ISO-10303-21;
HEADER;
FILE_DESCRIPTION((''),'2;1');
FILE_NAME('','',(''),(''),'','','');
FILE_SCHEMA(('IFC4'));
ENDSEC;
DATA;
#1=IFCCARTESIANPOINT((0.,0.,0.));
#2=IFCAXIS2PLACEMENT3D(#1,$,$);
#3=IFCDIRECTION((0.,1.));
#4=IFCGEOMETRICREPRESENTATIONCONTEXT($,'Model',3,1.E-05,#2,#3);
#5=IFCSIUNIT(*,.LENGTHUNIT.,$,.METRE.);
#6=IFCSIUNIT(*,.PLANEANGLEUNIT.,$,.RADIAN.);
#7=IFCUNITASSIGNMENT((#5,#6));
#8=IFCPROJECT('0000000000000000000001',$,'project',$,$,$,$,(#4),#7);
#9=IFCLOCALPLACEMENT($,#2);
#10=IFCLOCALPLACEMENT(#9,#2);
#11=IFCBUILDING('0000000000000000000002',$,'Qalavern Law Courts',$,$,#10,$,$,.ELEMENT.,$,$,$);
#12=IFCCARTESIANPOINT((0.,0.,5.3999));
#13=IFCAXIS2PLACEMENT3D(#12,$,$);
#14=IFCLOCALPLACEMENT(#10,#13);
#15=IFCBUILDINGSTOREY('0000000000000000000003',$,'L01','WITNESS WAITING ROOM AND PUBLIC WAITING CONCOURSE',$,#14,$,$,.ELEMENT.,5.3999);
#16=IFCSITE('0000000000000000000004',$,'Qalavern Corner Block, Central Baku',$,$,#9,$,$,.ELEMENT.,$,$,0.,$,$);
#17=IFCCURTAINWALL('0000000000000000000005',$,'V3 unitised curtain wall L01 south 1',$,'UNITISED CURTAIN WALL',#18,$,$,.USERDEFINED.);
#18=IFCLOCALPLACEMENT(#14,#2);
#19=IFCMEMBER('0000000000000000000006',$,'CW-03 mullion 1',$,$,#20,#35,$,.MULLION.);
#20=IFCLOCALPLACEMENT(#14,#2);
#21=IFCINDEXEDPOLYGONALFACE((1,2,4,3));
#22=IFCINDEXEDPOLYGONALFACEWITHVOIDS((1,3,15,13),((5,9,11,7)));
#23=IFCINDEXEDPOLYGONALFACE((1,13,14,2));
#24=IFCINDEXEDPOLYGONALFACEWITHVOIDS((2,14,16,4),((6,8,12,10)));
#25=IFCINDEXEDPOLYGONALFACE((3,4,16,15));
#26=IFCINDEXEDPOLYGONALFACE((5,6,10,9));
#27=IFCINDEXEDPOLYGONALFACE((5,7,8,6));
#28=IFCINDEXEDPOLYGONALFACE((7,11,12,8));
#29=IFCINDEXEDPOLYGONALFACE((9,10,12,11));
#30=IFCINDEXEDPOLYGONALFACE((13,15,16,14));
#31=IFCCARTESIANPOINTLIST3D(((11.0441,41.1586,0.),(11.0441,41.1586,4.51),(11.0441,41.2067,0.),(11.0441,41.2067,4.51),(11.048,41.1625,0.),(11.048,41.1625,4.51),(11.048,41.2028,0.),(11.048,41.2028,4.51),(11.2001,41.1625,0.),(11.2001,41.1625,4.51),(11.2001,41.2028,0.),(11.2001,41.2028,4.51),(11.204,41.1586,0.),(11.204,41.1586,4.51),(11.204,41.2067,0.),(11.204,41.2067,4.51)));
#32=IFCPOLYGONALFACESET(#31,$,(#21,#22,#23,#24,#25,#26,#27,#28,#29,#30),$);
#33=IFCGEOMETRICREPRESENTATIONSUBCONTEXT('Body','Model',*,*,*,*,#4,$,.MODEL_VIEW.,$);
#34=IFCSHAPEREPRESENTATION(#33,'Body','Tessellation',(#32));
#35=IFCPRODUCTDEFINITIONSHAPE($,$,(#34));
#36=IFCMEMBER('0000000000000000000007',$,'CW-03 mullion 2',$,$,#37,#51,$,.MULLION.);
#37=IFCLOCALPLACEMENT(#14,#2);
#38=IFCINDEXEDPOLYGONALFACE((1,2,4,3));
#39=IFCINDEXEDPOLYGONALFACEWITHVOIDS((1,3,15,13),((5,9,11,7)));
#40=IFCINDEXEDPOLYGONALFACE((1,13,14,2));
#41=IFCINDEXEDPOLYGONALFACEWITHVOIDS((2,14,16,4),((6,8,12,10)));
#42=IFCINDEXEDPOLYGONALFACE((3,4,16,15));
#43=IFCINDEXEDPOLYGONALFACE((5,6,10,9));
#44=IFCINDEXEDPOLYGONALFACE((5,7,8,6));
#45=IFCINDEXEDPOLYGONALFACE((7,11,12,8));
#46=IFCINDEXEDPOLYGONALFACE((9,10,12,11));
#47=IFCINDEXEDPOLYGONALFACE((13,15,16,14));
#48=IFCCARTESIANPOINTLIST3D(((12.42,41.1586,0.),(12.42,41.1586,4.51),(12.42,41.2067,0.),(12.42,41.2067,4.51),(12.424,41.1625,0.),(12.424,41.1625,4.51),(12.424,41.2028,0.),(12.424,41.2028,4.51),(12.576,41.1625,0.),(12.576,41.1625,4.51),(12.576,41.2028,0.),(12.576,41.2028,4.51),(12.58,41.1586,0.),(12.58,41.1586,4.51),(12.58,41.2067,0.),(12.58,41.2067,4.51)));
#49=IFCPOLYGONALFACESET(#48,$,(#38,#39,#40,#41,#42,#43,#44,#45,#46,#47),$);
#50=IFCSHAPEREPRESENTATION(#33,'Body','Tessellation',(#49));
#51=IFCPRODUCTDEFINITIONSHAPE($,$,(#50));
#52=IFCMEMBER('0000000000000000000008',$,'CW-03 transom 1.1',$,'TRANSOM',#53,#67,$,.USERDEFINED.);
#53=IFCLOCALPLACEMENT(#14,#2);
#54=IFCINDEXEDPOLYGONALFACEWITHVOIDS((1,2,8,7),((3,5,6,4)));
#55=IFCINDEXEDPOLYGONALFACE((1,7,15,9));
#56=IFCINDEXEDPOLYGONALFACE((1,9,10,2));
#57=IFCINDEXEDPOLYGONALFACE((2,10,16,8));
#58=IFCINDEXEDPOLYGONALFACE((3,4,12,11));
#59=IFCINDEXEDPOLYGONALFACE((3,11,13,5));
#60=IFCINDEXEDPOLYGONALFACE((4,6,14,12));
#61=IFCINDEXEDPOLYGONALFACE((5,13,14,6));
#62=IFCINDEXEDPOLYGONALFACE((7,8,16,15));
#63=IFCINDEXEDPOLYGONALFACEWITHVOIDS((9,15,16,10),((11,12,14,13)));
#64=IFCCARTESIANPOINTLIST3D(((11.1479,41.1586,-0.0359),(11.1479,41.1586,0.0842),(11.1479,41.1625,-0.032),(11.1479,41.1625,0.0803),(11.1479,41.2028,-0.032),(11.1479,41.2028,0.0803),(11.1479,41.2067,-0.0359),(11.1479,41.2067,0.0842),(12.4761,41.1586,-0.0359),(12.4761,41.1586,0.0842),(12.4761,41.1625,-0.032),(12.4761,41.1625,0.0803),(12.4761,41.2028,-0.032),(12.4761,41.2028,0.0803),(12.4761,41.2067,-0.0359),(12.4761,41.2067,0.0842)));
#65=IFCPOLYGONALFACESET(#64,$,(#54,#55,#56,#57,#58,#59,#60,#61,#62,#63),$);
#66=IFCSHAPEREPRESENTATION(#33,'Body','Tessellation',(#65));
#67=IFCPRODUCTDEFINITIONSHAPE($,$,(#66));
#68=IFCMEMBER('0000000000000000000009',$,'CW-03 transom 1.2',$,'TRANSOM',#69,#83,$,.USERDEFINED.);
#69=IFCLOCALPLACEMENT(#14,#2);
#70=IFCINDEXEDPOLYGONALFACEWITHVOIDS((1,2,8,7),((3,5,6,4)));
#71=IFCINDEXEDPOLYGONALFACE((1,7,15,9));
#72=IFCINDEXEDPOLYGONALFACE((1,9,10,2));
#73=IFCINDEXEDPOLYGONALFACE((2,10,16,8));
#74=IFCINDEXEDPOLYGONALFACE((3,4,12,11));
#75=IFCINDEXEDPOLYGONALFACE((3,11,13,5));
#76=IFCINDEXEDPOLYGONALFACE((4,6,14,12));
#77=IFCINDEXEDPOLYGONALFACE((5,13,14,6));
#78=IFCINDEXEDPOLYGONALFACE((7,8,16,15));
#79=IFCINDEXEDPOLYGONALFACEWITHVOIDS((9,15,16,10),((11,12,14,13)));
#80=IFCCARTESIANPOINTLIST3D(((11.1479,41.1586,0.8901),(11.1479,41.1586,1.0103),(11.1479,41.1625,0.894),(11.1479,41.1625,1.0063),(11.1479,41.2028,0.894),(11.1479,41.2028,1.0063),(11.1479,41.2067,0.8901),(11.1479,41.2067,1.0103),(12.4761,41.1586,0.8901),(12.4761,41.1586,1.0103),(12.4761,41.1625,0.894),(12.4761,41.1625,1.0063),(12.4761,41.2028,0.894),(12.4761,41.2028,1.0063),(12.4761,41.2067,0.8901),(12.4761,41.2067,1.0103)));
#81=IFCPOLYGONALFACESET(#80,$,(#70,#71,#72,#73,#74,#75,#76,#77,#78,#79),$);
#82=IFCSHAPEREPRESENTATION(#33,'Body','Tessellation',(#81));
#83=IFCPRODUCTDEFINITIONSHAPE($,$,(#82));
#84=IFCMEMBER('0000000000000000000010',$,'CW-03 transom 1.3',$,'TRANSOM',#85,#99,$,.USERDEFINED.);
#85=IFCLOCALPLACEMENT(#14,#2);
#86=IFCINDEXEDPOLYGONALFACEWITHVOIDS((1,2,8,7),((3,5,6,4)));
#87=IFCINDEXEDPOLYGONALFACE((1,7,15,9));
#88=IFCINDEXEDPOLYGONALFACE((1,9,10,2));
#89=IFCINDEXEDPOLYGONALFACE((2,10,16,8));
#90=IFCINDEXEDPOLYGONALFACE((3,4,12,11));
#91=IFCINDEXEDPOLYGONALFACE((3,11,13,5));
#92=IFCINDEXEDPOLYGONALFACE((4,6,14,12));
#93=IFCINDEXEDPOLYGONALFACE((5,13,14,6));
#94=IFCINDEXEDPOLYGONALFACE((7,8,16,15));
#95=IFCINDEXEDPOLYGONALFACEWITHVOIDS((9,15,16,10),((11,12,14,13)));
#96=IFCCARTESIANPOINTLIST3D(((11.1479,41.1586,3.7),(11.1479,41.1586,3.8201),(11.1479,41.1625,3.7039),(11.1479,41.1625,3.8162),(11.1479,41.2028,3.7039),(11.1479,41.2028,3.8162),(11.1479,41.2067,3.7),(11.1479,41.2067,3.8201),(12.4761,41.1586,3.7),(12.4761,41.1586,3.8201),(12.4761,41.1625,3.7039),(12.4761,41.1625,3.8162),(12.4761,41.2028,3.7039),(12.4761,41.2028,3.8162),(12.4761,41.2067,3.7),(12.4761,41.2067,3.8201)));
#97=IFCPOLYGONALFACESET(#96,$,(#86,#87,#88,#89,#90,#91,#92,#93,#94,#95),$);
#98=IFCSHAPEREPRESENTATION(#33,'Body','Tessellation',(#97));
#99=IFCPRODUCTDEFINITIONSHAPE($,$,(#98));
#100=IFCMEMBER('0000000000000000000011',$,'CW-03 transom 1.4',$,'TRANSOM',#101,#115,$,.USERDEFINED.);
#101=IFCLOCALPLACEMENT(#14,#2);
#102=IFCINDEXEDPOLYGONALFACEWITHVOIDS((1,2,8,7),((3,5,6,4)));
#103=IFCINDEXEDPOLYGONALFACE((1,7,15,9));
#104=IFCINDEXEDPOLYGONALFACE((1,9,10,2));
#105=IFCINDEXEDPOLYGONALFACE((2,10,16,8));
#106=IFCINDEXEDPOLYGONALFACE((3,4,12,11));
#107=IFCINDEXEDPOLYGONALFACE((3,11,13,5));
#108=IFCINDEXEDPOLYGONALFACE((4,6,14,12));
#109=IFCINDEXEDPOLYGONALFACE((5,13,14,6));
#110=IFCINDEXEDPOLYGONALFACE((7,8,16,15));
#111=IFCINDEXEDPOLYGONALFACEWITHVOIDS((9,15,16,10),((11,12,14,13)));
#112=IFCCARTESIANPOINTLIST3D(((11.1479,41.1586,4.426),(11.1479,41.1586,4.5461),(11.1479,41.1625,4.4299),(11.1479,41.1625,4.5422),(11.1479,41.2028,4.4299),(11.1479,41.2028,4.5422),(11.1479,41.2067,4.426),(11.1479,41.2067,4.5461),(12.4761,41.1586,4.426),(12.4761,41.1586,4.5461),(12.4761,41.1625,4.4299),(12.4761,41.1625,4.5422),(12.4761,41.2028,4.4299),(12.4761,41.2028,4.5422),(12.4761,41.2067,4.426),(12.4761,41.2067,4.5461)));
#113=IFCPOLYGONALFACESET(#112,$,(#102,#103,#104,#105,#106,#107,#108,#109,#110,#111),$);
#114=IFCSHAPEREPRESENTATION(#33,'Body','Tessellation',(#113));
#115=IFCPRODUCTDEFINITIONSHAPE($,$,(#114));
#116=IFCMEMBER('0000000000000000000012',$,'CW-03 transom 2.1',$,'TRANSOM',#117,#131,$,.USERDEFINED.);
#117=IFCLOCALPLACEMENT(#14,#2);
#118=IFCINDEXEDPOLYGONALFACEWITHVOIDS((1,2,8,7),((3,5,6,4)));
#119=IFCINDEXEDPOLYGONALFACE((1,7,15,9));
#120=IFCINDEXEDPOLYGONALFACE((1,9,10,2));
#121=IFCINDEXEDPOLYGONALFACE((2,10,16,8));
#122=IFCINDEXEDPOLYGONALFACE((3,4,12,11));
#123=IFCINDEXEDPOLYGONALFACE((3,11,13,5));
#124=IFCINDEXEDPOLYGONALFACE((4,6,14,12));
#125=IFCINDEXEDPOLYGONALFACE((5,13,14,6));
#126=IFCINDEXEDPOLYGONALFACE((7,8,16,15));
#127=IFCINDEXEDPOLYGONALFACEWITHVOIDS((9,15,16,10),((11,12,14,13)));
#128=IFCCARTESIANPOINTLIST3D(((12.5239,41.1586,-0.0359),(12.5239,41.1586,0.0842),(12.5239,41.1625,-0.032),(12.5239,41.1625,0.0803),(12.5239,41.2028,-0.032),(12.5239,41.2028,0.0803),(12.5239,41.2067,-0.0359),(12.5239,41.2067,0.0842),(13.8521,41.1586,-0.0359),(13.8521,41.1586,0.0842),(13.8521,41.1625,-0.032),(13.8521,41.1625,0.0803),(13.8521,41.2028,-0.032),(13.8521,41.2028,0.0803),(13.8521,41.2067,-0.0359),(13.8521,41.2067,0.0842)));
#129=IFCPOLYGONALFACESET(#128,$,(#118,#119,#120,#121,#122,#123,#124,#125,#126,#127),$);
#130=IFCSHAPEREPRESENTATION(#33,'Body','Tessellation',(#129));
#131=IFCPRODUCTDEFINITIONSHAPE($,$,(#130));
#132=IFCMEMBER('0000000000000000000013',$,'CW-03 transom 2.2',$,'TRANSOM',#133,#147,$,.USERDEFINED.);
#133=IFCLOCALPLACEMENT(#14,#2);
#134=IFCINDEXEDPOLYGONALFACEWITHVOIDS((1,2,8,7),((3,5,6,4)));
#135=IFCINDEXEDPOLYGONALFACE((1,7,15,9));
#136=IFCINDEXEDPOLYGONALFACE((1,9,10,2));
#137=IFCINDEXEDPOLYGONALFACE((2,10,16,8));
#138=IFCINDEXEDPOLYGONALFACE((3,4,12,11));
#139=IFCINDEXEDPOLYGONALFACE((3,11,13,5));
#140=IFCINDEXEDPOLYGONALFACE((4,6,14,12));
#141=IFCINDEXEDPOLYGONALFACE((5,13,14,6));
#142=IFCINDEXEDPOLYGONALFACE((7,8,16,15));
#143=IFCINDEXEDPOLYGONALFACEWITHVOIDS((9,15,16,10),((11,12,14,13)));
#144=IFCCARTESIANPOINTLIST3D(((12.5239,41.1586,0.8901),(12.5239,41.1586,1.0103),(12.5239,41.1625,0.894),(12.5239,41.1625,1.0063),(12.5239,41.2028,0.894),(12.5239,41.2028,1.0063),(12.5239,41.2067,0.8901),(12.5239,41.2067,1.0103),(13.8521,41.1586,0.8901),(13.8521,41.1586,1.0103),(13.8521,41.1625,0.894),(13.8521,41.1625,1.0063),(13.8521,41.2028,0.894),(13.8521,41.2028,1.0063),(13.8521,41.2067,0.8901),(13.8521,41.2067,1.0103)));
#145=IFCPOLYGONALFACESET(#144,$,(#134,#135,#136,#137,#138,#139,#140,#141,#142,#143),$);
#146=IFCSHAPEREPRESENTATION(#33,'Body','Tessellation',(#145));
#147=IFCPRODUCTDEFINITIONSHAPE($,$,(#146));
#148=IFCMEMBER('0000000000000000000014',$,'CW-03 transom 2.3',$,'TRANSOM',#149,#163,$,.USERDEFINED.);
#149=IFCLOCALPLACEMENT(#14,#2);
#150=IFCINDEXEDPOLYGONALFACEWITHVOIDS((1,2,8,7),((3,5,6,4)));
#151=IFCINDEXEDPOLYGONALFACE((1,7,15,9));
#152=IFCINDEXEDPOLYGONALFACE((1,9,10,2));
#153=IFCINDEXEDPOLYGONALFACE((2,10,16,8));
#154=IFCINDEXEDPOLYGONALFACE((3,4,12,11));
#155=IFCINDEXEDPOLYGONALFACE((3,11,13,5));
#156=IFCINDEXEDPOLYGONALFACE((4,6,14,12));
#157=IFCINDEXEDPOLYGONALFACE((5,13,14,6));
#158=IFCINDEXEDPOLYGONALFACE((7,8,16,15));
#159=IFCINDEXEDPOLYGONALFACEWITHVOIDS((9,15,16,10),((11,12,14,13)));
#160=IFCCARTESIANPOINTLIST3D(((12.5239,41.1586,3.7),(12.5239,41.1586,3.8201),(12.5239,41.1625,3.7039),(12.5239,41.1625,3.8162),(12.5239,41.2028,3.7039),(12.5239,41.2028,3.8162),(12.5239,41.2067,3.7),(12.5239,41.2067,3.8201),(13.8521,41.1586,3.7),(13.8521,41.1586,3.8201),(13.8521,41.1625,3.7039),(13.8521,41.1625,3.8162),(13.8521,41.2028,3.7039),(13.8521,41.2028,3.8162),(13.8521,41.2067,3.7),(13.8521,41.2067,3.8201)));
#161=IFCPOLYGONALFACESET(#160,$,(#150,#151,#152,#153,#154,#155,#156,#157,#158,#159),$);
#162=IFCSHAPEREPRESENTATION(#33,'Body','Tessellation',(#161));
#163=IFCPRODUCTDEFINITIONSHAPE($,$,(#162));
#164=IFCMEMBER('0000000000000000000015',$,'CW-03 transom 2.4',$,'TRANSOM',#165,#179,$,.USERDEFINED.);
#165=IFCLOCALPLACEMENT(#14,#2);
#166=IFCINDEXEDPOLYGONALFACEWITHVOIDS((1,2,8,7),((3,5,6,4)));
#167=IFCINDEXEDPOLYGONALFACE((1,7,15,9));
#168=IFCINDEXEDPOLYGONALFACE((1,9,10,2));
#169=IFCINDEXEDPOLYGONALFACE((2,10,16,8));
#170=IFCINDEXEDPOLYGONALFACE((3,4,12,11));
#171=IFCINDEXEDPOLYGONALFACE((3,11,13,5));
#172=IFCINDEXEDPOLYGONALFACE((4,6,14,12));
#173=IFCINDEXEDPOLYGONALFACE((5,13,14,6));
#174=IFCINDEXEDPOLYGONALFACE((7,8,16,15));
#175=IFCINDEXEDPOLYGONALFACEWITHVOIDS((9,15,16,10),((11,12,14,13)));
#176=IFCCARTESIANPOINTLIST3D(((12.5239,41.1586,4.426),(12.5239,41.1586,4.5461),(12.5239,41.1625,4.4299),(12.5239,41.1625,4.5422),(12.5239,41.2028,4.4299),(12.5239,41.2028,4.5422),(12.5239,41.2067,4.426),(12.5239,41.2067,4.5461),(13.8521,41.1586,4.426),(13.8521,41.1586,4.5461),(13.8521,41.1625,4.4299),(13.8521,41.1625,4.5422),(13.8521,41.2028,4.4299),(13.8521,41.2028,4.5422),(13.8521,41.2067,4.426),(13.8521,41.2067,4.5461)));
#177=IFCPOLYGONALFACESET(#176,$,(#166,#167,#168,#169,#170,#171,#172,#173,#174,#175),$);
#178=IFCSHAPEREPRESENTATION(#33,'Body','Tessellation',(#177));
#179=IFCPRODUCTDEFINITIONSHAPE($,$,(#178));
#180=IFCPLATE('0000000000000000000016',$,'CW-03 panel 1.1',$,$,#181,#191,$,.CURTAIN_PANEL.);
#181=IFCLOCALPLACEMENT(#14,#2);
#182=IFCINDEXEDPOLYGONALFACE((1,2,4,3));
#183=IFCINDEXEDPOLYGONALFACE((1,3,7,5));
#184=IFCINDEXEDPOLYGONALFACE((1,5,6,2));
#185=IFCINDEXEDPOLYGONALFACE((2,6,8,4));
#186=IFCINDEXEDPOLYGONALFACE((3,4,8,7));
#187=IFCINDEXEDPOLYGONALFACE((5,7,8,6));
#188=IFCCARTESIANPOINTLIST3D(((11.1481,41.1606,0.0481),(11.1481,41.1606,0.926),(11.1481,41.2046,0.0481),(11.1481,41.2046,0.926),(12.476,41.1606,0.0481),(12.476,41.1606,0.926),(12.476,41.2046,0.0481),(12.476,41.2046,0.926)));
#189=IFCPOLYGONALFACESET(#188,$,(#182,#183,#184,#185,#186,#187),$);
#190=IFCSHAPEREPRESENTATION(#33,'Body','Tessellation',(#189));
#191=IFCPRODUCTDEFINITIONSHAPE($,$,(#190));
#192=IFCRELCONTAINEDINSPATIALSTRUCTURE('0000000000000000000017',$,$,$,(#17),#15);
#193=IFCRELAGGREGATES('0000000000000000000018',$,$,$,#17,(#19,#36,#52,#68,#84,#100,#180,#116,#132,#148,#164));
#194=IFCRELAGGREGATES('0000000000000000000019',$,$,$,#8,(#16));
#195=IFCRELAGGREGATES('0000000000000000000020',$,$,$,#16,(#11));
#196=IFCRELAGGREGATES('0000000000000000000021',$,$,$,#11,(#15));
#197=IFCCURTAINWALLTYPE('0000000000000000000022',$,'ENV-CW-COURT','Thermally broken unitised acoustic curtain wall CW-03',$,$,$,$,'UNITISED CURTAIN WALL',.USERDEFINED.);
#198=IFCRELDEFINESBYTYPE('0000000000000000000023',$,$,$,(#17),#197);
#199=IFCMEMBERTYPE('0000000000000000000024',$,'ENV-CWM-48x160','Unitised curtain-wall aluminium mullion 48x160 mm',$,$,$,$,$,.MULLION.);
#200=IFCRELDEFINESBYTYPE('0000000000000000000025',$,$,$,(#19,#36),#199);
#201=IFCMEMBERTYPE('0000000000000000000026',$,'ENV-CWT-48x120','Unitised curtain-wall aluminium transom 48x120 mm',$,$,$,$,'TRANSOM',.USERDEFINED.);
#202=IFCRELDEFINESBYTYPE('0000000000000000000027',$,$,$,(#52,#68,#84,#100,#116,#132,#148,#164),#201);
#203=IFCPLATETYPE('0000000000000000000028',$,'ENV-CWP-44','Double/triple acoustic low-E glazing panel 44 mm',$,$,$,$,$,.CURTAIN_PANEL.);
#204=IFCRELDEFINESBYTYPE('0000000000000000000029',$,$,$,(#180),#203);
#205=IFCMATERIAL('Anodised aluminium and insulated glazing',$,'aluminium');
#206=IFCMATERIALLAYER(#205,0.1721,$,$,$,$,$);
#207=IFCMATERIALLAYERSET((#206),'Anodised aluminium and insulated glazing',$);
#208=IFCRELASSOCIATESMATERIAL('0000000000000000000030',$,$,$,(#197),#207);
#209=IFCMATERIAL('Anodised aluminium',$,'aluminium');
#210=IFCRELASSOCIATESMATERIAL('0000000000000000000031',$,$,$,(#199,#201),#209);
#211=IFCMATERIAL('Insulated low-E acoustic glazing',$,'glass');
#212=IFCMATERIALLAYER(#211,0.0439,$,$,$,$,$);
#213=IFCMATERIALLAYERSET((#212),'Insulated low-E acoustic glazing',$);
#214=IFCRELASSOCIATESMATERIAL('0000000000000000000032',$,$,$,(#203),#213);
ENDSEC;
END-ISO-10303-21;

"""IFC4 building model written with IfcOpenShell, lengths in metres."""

from ifc_helpers import new_model, si_unit, direction, frame, origin, origin_2d, place, context, subcontext, project, spatial, rectangle, hollow_rectangle, extrude, material, layer, layer_set, material_profile, profile_set, type_object, element, aggregate, save


model = new_model("IFC4")

# Units and contexts
model_context = context("Model", 3, precision=1e-05, world=origin(), true_north=direction((0.0, 1.0)))
body_context = subcontext(model_context, "Body", "Model", "MODEL_VIEW")
ifc_project = project(units=[si_unit("LENGTHUNIT", "METRE"), si_unit("PLANEANGLEUNIT", "RADIAN")], contexts=[model_context])

# Site, building, storey
site_placement = place(None, origin())
site = spatial("IfcSite", under=ifc_project, at=site_placement, Name="Qalavern Corner Block, Central Baku", CompositionType="ELEMENT", RefElevation=0.0)
building_placement = place(site_placement, origin())
building = spatial("IfcBuilding", under=site, at=building_placement, Name="Qalavern Law Courts", CompositionType="ELEMENT")
storey_placement = place(building_placement, frame((0.0, 0.0, 5.3999)))
storey = spatial("IfcBuildingStorey", under=building, at=storey_placement, Name="L01", Description="WITNESS WAITING ROOM AND PUBLIC WAITING CONCOURSE", CompositionType="ELEMENT", Elevation=5.3999)

# Curtain wall, members, plate
ifc_material_1 = material(Name="Anodised aluminium and insulated glazing", Category="aluminium")
ifc_layer_1 = layer(ifc_material_1, 0.1721)
ifc_layer_set_1 = layer_set([ifc_layer_1], Name="Anodised aluminium and insulated glazing")
curtain_wall_type = type_object("IfcCurtainWallType", Name="ENV-CW-COURT", Description="Thermally broken unitised acoustic curtain wall CW-03", ElementType="UNITISED CURTAIN WALL", PredefinedType="USERDEFINED", material=ifc_layer_set_1)
curtain_wall_placement = place(storey_placement, origin())
curtain_wall = element("IfcCurtainWall", 1, at=curtain_wall_placement, inside=storey, type_object=curtain_wall_type, Name="V3 unitised curtain wall L01 south 1", ObjectType="UNITISED CURTAIN WALL", PredefinedType="USERDEFINED")
ifc_material_2 = material(Name="Anodised aluminium", Category="aluminium")
ifc_material_profile_1 = material_profile(ifc_material_2, hollow_rectangle(XDim=0.0481, YDim=0.1599, WallThickness=0.0039, at=origin_2d()), Name="ALU MULLION 48x160")
ifc_profile_set_1 = profile_set([ifc_material_profile_1], Name="Anodised aluminium")
member_type_1 = type_object("IfcMemberType", Name="ENV-CWM-48x160", Description="Unitised curtain-wall aluminium mullion 48x160 mm", PredefinedType="MULLION", material=ifc_profile_set_1)
member_1_placement = place(storey_placement, frame((11.124, 41.1826, 0.0), z_axis=(0.0, 0.0, 1.0), x_axis=(0.0, 1.0, 0.0)))
member_1 = element("IfcMember", 2, at=member_1_placement, type_object=member_type_1, Name="CW-03 mullion 1", PredefinedType="MULLION", context=body_context, shape_type="SweptSolid", body=[
    extrude(hollow_rectangle(XDim=0.0481, YDim=0.1599, WallThickness=0.0039, at=origin_2d()), origin(), (0.0, 0.0, 1.0), 4.51),
])
member_2_placement = place(storey_placement, frame((12.5, 41.1826, 0.0), z_axis=(0.0, 0.0, 1.0), x_axis=(0.0, 1.0, 0.0)))
member_2 = element("IfcMember", 3, at=member_2_placement, type_object=member_type_1, Name="CW-03 mullion 2", PredefinedType="MULLION", context=body_context, shape_type="SweptSolid", body=[
    extrude(hollow_rectangle(XDim=0.0481, YDim=0.1599, WallThickness=0.0039, at=origin_2d()), origin(), (0.0, 0.0, 1.0), 4.51),
])
ifc_material_profile_2 = material_profile(ifc_material_2, hollow_rectangle(XDim=0.0481, YDim=0.1201, WallThickness=0.0039, at=origin_2d()), Name="ALU TRANSOM 48x120")
ifc_profile_set_2 = profile_set([ifc_material_profile_2], Name="Anodised aluminium")
member_type_2 = type_object("IfcMemberType", Name="ENV-CWT-48x120", Description="Unitised curtain-wall aluminium transom 48x120 mm", ElementType="TRANSOM", PredefinedType="USERDEFINED", material=ifc_profile_set_2)
member_3_placement = place(storey_placement, frame((11.1479, 41.1826, 0.0242), z_axis=(1.0, 0.0, 0.0), x_axis=(0.0, 1.0, 0.0)))
member_3 = element("IfcMember", 4, at=member_3_placement, type_object=member_type_2, Name="CW-03 transom 1.1", ObjectType="TRANSOM", PredefinedType="USERDEFINED", context=body_context, shape_type="SweptSolid", body=[
    extrude(hollow_rectangle(XDim=0.0481, YDim=0.1201, WallThickness=0.0039, at=origin_2d()), origin(), (0.0, 0.0, 1.0), 1.3281),
])
member_4_placement = place(storey_placement, frame((11.1479, 41.1826, 0.9502), z_axis=(1.0, 0.0, 0.0), x_axis=(0.0, 1.0, 0.0)))
member_4 = element("IfcMember", 5, at=member_4_placement, type_object=member_type_2, Name="CW-03 transom 1.2", ObjectType="TRANSOM", PredefinedType="USERDEFINED", context=body_context, shape_type="SweptSolid", body=[
    extrude(hollow_rectangle(XDim=0.0481, YDim=0.1201, WallThickness=0.0039, at=origin_2d()), origin(), (0.0, 0.0, 1.0), 1.3281),
])
member_5_placement = place(storey_placement, frame((11.1479, 41.1826, 3.76), z_axis=(1.0, 0.0, 0.0), x_axis=(0.0, 1.0, 0.0)))
member_5 = element("IfcMember", 6, at=member_5_placement, type_object=member_type_2, Name="CW-03 transom 1.3", ObjectType="TRANSOM", PredefinedType="USERDEFINED", context=body_context, shape_type="SweptSolid", body=[
    extrude(hollow_rectangle(XDim=0.0481, YDim=0.1201, WallThickness=0.0039, at=origin_2d()), origin(), (0.0, 0.0, 1.0), 1.3281),
])
member_6_placement = place(storey_placement, frame((11.1479, 41.1826, 4.4861), z_axis=(1.0, 0.0, 0.0), x_axis=(0.0, 1.0, 0.0)))
member_6 = element("IfcMember", 7, at=member_6_placement, type_object=member_type_2, Name="CW-03 transom 1.4", ObjectType="TRANSOM", PredefinedType="USERDEFINED", context=body_context, shape_type="SweptSolid", body=[
    extrude(hollow_rectangle(XDim=0.0481, YDim=0.1201, WallThickness=0.0039, at=origin_2d()), origin(), (0.0, 0.0, 1.0), 1.3281),
])
member_7_placement = place(storey_placement, frame((12.5239, 41.1826, 0.0242), z_axis=(1.0, 0.0, 0.0), x_axis=(0.0, 1.0, 0.0)))
member_7 = element("IfcMember", 8, at=member_7_placement, type_object=member_type_2, Name="CW-03 transom 2.1", ObjectType="TRANSOM", PredefinedType="USERDEFINED", context=body_context, shape_type="SweptSolid", body=[
    extrude(hollow_rectangle(XDim=0.0481, YDim=0.1201, WallThickness=0.0039, at=origin_2d()), origin(), (0.0, 0.0, 1.0), 1.3281),
])
member_8_placement = place(storey_placement, frame((12.5239, 41.1826, 0.9502), z_axis=(1.0, 0.0, 0.0), x_axis=(0.0, 1.0, 0.0)))
member_8 = element("IfcMember", 9, at=member_8_placement, type_object=member_type_2, Name="CW-03 transom 2.2", ObjectType="TRANSOM", PredefinedType="USERDEFINED", context=body_context, shape_type="SweptSolid", body=[
    extrude(hollow_rectangle(XDim=0.0481, YDim=0.1201, WallThickness=0.0039, at=origin_2d()), origin(), (0.0, 0.0, 1.0), 1.3281),
])
member_9_placement = place(storey_placement, frame((12.5239, 41.1826, 3.76), z_axis=(1.0, 0.0, 0.0), x_axis=(0.0, 1.0, 0.0)))
member_9 = element("IfcMember", 10, at=member_9_placement, type_object=member_type_2, Name="CW-03 transom 2.3", ObjectType="TRANSOM", PredefinedType="USERDEFINED", context=body_context, shape_type="SweptSolid", body=[
    extrude(hollow_rectangle(XDim=0.0481, YDim=0.1201, WallThickness=0.0039, at=origin_2d()), origin(), (0.0, 0.0, 1.0), 1.3281),
])
member_10_placement = place(storey_placement, frame((12.5239, 41.1826, 4.4861), z_axis=(1.0, 0.0, 0.0), x_axis=(0.0, 1.0, 0.0)))
member_10 = element("IfcMember", 11, at=member_10_placement, type_object=member_type_2, Name="CW-03 transom 2.4", ObjectType="TRANSOM", PredefinedType="USERDEFINED", context=body_context, shape_type="SweptSolid", body=[
    extrude(hollow_rectangle(XDim=0.0481, YDim=0.1201, WallThickness=0.0039, at=origin_2d()), origin(), (0.0, 0.0, 1.0), 1.3281),
])
ifc_material_3 = material(Name="Insulated low-E acoustic glazing", Category="glass")
ifc_layer_2 = layer(ifc_material_3, 0.0439)
ifc_layer_set_2 = layer_set([ifc_layer_2], Name="Insulated low-E acoustic glazing")
plate_type = type_object("IfcPlateType", Name="ENV-CWP-44", Description="Double/triple acoustic low-E glazing panel 44 mm", PredefinedType="CURTAIN_PANEL", material=ifc_layer_set_2)
plate_1_placement = place(storey_placement, frame((11.812, 41.1826, 0.0481), z_axis=(0.0, 0.0, 1.0), x_axis=(1.0, 0.0, 0.0)))
plate_1 = element("IfcPlate", 12, at=plate_1_placement, type_object=plate_type, Name="CW-03 panel 1.1", PredefinedType="CURTAIN_PANEL", context=body_context, shape_type="SweptSolid", body=[
    extrude(rectangle(XDim=1.3279, YDim=0.0439, at=origin_2d()), origin(), (0.0, 0.0, 1.0), 0.8779),
])
aggregate(curtain_wall, [member_1, member_2, member_3, member_4, member_5, member_6, plate_1, member_7, member_8, member_9, member_10])

save(model, "model.ifc")
